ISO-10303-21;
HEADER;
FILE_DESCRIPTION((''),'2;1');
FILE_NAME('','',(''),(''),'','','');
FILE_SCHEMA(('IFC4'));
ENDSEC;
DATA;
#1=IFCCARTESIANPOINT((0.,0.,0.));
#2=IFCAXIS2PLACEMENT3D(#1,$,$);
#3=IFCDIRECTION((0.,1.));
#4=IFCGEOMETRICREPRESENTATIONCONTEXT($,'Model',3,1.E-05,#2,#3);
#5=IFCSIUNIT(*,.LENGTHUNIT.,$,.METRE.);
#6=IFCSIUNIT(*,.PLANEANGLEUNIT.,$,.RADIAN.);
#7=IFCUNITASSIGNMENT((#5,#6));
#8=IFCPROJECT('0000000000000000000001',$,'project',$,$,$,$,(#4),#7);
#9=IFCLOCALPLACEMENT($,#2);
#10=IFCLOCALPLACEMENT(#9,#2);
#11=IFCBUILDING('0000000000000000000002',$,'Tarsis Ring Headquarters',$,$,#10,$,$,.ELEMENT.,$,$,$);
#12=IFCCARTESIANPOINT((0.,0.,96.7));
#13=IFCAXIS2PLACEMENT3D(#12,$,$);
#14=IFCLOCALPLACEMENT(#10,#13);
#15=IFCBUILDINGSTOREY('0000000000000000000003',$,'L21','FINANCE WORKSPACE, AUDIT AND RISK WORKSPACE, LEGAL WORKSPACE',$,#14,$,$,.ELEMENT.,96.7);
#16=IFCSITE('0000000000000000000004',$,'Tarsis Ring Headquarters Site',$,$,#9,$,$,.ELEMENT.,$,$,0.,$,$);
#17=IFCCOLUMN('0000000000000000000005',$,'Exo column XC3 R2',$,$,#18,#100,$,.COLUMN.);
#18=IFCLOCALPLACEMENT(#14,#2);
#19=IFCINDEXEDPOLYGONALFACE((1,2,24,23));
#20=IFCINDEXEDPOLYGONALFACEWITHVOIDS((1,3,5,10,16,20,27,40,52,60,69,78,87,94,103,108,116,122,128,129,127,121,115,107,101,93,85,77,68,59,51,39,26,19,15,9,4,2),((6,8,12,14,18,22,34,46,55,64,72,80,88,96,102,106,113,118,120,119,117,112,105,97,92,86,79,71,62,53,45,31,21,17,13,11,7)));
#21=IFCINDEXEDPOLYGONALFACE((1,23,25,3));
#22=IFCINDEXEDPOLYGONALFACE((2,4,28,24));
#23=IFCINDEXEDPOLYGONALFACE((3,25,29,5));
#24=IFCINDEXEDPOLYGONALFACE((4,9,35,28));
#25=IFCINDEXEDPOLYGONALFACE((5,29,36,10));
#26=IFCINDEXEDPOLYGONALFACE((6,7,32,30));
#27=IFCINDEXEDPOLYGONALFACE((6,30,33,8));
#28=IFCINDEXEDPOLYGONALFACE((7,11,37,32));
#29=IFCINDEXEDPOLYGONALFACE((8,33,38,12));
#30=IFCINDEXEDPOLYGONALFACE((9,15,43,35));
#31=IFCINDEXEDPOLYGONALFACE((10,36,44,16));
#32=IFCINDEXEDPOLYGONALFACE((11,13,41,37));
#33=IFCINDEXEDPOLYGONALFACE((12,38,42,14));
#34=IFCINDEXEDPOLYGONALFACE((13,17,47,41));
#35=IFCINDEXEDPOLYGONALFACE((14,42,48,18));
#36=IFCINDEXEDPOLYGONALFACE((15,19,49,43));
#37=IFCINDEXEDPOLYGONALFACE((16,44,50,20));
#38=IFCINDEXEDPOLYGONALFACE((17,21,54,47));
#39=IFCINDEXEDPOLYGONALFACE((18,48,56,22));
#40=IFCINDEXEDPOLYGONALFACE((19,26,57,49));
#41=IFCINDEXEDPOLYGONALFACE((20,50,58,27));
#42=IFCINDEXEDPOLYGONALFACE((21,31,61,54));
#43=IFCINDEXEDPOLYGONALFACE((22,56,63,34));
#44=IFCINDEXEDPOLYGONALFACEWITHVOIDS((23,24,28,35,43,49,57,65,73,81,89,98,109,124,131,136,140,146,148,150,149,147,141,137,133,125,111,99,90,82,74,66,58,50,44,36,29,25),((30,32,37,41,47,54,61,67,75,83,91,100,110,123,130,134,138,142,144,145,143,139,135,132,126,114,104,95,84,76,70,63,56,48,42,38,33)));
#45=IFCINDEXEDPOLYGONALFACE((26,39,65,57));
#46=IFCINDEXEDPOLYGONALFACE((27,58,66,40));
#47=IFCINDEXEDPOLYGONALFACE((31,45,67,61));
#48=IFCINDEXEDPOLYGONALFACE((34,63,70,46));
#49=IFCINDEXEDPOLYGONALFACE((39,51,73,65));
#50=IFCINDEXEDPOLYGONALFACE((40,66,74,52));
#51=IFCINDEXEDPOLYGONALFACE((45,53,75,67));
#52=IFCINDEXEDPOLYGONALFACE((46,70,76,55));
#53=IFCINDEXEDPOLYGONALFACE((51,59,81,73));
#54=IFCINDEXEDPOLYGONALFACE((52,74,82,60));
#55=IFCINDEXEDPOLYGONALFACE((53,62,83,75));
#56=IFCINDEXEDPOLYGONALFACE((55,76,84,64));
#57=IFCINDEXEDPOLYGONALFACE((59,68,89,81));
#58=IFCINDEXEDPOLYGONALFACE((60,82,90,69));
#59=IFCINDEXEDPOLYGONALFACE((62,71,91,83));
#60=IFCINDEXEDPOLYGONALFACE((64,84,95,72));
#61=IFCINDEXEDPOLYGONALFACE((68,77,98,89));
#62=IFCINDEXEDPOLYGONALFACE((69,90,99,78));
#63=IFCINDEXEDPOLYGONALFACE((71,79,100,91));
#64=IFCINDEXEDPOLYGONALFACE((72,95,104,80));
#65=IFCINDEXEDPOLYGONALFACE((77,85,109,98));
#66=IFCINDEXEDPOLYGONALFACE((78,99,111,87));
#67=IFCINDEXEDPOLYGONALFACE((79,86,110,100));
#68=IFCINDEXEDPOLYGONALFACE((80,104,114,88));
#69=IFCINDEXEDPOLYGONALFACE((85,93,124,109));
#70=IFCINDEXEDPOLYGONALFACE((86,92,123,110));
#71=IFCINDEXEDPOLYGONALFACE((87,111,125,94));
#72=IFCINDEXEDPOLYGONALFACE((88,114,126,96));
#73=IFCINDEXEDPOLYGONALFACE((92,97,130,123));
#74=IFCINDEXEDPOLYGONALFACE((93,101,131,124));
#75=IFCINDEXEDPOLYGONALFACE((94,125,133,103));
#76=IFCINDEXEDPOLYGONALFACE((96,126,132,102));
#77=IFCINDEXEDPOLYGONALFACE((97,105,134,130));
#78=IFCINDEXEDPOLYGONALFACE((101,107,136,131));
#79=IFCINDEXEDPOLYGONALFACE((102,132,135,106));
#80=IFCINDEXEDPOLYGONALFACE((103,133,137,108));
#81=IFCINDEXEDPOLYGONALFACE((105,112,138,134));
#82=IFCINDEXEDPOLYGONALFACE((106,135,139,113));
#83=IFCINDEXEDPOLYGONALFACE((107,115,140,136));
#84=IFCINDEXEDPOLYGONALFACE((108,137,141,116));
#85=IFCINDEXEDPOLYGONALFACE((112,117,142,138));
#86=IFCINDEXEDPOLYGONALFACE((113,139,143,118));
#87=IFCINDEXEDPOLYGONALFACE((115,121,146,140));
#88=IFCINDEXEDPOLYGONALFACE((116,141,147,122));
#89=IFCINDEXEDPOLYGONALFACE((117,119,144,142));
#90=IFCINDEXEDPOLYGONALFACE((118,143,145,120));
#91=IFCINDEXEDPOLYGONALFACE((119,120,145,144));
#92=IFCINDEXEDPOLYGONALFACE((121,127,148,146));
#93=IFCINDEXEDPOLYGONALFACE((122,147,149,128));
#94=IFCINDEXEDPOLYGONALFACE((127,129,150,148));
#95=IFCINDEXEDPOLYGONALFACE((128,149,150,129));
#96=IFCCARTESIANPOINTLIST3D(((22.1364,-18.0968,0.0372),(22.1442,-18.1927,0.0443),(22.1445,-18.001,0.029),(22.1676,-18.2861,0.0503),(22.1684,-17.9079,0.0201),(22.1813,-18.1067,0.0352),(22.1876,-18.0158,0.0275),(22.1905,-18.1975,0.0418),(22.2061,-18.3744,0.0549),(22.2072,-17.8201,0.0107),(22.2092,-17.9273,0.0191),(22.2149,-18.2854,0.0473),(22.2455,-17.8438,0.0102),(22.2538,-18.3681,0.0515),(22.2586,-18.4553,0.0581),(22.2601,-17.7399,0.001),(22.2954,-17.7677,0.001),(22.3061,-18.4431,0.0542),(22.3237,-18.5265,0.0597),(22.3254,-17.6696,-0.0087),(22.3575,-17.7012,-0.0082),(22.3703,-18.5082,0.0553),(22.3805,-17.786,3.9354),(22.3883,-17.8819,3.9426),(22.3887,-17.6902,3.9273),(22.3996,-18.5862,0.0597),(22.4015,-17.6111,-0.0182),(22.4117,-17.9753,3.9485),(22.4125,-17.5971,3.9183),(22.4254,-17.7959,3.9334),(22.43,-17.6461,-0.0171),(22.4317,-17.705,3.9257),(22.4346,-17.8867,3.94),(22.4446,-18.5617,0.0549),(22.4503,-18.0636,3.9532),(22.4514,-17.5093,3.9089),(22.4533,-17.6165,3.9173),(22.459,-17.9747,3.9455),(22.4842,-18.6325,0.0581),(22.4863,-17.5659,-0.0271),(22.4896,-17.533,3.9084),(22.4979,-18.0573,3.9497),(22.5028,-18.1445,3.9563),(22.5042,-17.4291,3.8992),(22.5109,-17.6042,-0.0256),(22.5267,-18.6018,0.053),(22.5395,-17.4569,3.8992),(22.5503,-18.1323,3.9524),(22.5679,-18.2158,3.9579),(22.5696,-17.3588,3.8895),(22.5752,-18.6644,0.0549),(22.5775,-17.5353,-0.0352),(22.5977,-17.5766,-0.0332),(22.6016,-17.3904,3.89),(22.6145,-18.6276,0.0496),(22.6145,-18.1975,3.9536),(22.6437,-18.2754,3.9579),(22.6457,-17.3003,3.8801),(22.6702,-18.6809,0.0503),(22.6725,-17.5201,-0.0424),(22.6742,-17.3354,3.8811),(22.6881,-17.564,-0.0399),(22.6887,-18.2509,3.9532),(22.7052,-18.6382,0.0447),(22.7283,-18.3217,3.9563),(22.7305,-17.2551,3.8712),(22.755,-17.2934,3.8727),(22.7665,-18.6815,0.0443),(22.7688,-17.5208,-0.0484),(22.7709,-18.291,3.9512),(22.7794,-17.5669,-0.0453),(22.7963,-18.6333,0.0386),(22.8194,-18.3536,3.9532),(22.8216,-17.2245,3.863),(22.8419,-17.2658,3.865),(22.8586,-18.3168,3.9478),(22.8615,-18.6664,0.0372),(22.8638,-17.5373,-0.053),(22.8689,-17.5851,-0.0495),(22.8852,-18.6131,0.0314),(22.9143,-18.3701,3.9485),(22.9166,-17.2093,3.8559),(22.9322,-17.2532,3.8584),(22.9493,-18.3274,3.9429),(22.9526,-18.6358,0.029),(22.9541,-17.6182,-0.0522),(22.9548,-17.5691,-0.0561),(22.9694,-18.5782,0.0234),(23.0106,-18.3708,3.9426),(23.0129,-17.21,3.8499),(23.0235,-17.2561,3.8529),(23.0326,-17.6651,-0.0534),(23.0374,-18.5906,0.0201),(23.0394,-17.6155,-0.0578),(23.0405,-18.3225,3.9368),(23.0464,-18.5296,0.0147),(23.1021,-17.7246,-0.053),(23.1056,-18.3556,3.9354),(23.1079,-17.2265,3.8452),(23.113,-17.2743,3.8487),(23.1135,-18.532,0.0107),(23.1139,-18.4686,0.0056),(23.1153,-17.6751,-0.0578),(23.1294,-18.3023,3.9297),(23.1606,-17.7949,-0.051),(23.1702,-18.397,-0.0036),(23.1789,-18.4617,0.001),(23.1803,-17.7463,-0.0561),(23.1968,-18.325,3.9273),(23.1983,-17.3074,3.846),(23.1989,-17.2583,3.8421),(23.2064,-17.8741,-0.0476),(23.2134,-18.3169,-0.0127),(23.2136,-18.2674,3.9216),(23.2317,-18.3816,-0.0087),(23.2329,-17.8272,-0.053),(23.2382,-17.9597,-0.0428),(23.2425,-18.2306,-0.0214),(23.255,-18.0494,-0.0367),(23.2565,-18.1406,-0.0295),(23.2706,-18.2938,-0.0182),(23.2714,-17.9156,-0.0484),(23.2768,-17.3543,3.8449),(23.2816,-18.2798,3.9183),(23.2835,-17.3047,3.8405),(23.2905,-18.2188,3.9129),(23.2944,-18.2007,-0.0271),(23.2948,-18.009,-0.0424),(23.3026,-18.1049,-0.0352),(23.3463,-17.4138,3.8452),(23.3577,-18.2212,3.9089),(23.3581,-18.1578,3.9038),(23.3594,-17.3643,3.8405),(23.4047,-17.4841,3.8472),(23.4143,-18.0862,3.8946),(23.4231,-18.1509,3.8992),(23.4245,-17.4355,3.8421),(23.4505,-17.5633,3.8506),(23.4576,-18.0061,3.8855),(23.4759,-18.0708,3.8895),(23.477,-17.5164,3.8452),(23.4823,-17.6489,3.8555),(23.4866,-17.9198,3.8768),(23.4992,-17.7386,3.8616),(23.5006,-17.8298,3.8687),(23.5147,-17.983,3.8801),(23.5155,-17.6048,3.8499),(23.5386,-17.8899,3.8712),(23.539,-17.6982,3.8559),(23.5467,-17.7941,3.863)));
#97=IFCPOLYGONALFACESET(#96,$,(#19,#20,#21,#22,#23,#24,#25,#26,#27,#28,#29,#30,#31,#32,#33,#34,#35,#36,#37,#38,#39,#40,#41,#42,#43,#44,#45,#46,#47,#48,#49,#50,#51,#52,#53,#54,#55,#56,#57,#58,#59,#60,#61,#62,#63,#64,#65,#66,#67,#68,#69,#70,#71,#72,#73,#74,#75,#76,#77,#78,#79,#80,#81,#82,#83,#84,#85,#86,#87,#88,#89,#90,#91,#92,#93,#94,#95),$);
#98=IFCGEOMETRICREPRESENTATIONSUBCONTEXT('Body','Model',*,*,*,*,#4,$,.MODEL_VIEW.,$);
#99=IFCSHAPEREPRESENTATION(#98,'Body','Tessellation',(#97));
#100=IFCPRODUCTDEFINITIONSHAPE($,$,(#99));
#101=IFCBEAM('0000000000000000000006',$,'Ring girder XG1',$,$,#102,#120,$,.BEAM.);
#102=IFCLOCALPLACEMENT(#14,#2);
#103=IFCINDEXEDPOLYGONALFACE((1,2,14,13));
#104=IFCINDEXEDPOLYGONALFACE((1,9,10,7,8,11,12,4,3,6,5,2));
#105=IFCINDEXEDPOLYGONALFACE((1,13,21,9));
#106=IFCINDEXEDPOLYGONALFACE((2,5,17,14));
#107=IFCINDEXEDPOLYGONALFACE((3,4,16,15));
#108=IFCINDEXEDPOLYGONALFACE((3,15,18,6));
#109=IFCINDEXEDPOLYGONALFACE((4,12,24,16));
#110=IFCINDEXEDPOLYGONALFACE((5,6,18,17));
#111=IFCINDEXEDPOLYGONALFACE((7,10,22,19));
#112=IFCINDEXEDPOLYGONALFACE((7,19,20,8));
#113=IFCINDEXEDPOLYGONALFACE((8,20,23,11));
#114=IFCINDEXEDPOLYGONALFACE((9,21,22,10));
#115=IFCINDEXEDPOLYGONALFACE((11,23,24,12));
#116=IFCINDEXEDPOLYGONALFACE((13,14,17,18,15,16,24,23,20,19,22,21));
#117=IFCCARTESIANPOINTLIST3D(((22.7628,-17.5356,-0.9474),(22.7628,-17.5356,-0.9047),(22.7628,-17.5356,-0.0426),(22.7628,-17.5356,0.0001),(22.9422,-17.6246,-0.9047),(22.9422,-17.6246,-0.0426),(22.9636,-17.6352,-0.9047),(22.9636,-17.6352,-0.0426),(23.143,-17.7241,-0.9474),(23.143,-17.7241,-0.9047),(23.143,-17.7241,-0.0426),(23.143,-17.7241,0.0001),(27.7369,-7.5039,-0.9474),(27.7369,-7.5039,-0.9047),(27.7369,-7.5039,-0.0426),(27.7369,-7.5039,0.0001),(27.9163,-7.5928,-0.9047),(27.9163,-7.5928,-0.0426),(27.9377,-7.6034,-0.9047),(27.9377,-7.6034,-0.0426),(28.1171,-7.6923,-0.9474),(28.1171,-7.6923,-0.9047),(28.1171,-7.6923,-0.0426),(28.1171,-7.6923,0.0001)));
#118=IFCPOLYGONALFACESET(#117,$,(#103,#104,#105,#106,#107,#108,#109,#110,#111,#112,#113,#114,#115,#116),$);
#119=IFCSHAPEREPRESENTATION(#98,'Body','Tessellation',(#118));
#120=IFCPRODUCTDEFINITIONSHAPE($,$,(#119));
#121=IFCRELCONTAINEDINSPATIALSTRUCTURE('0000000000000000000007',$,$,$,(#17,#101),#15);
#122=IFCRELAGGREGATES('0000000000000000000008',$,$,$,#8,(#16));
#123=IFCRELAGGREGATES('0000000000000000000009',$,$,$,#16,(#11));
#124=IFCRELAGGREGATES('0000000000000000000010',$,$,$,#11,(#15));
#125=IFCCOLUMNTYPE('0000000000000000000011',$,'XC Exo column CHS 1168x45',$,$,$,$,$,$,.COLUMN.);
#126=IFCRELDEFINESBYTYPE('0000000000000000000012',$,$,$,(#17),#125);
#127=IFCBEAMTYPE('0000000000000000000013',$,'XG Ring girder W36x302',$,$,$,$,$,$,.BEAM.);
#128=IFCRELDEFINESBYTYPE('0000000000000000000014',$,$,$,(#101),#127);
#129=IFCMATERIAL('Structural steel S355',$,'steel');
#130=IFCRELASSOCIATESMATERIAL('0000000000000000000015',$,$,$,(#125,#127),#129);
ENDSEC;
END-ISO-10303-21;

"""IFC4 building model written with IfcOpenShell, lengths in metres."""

from ifc_helpers import new_model, si_unit, direction, frame, origin, origin_2d, place, context, subcontext, project, spatial, hollow_circle, i_section, extrude, material, material_profile, profile_set, type_object, element, save


model = new_model("IFC4")

# Units and contexts
model_context = context("Model", 3, precision=1e-05, world=origin(), true_north=direction((0.0, 1.0)))
body_context = subcontext(model_context, "Body", "Model", "MODEL_VIEW")
ifc_project = project(units=[si_unit("LENGTHUNIT", "METRE"), si_unit("PLANEANGLEUNIT", "RADIAN")], contexts=[model_context])

# Site, building, storey
site_placement = place(None, origin())
site = spatial("IfcSite", under=ifc_project, at=site_placement, Name="Tarsis Ring Headquarters Site", CompositionType="ELEMENT", RefElevation=0.0)
building_placement = place(site_placement, origin())
building = spatial("IfcBuilding", under=site, at=building_placement, Name="Tarsis Ring Headquarters", CompositionType="ELEMENT")
storey_placement = place(building_placement, frame((0.0, 0.0, 96.7)))
storey = spatial("IfcBuildingStorey", under=building, at=storey_placement, Name="L21", Description="FINANCE WORKSPACE, AUDIT AND RISK WORKSPACE, LEGAL WORKSPACE", CompositionType="ELEMENT", Elevation=96.7)

# Column
ifc_material_1 = material(Name="Structural steel S355", Category="steel")
ifc_material_profile_1 = material_profile(ifc_material_1, hollow_circle(Radius=0.5842, WallThickness=0.0449, at=origin_2d()), Name="CHS 1168x45")
ifc_profile_set_1 = profile_set([ifc_material_profile_1], Name="Structural steel S355")
column_type = type_object("IfcColumnType", Name="XC Exo column CHS 1168x45", PredefinedType="COLUMN", material=ifc_profile_set_1)
column_placement = place(storey_placement, frame((22.7195, -18.1008, 0.001), z_axis=(0.06231, 0.07932, 0.9949), x_axis=(-0.786383, 0.61774, 0.0)))
element("IfcColumn", 1, at=column_placement, inside=storey, type_object=column_type, Name="Exo column XC3 R2", PredefinedType="COLUMN", context=body_context, shape_type="SweptSolid", body=[
    extrude(hollow_circle(Radius=0.5842, WallThickness=0.0449, at=origin_2d()), origin(), (0.0, 0.0, 1.0), 3.9182),
])

# Beam
ifc_material_profile_2 = material_profile(ifc_material_1, i_section(OverallWidth=0.4243, OverallDepth=0.9475, WebThickness=0.0239, FlangeThickness=0.0427, at=origin_2d()), Name="W36x302")
ifc_profile_set_2 = profile_set([ifc_material_profile_2], Name="Structural steel S355")
beam_type = type_object("IfcBeamType", Name="XG Ring girder W36x302", PredefinedType="BEAM", material=ifc_profile_set_2)
beam_placement = place(storey_placement, frame((22.9529, -17.6299, -0.4736), z_axis=(0.444228, 0.895914, 0.0), x_axis=(-0.895914, 0.444228, 0.0)))
element("IfcBeam", 2, at=beam_placement, inside=storey, type_object=beam_type, Name="Ring girder XG1", PredefinedType="BEAM", context=body_context, shape_type="SweptSolid", body=[
    extrude(i_section(OverallWidth=0.4243, OverallDepth=0.9475, WebThickness=0.0239, FlangeThickness=0.0427, at=origin_2d()), origin(), (0.0, 0.0, 1.0), 11.1973),
])

save(model, "model.ifc")
